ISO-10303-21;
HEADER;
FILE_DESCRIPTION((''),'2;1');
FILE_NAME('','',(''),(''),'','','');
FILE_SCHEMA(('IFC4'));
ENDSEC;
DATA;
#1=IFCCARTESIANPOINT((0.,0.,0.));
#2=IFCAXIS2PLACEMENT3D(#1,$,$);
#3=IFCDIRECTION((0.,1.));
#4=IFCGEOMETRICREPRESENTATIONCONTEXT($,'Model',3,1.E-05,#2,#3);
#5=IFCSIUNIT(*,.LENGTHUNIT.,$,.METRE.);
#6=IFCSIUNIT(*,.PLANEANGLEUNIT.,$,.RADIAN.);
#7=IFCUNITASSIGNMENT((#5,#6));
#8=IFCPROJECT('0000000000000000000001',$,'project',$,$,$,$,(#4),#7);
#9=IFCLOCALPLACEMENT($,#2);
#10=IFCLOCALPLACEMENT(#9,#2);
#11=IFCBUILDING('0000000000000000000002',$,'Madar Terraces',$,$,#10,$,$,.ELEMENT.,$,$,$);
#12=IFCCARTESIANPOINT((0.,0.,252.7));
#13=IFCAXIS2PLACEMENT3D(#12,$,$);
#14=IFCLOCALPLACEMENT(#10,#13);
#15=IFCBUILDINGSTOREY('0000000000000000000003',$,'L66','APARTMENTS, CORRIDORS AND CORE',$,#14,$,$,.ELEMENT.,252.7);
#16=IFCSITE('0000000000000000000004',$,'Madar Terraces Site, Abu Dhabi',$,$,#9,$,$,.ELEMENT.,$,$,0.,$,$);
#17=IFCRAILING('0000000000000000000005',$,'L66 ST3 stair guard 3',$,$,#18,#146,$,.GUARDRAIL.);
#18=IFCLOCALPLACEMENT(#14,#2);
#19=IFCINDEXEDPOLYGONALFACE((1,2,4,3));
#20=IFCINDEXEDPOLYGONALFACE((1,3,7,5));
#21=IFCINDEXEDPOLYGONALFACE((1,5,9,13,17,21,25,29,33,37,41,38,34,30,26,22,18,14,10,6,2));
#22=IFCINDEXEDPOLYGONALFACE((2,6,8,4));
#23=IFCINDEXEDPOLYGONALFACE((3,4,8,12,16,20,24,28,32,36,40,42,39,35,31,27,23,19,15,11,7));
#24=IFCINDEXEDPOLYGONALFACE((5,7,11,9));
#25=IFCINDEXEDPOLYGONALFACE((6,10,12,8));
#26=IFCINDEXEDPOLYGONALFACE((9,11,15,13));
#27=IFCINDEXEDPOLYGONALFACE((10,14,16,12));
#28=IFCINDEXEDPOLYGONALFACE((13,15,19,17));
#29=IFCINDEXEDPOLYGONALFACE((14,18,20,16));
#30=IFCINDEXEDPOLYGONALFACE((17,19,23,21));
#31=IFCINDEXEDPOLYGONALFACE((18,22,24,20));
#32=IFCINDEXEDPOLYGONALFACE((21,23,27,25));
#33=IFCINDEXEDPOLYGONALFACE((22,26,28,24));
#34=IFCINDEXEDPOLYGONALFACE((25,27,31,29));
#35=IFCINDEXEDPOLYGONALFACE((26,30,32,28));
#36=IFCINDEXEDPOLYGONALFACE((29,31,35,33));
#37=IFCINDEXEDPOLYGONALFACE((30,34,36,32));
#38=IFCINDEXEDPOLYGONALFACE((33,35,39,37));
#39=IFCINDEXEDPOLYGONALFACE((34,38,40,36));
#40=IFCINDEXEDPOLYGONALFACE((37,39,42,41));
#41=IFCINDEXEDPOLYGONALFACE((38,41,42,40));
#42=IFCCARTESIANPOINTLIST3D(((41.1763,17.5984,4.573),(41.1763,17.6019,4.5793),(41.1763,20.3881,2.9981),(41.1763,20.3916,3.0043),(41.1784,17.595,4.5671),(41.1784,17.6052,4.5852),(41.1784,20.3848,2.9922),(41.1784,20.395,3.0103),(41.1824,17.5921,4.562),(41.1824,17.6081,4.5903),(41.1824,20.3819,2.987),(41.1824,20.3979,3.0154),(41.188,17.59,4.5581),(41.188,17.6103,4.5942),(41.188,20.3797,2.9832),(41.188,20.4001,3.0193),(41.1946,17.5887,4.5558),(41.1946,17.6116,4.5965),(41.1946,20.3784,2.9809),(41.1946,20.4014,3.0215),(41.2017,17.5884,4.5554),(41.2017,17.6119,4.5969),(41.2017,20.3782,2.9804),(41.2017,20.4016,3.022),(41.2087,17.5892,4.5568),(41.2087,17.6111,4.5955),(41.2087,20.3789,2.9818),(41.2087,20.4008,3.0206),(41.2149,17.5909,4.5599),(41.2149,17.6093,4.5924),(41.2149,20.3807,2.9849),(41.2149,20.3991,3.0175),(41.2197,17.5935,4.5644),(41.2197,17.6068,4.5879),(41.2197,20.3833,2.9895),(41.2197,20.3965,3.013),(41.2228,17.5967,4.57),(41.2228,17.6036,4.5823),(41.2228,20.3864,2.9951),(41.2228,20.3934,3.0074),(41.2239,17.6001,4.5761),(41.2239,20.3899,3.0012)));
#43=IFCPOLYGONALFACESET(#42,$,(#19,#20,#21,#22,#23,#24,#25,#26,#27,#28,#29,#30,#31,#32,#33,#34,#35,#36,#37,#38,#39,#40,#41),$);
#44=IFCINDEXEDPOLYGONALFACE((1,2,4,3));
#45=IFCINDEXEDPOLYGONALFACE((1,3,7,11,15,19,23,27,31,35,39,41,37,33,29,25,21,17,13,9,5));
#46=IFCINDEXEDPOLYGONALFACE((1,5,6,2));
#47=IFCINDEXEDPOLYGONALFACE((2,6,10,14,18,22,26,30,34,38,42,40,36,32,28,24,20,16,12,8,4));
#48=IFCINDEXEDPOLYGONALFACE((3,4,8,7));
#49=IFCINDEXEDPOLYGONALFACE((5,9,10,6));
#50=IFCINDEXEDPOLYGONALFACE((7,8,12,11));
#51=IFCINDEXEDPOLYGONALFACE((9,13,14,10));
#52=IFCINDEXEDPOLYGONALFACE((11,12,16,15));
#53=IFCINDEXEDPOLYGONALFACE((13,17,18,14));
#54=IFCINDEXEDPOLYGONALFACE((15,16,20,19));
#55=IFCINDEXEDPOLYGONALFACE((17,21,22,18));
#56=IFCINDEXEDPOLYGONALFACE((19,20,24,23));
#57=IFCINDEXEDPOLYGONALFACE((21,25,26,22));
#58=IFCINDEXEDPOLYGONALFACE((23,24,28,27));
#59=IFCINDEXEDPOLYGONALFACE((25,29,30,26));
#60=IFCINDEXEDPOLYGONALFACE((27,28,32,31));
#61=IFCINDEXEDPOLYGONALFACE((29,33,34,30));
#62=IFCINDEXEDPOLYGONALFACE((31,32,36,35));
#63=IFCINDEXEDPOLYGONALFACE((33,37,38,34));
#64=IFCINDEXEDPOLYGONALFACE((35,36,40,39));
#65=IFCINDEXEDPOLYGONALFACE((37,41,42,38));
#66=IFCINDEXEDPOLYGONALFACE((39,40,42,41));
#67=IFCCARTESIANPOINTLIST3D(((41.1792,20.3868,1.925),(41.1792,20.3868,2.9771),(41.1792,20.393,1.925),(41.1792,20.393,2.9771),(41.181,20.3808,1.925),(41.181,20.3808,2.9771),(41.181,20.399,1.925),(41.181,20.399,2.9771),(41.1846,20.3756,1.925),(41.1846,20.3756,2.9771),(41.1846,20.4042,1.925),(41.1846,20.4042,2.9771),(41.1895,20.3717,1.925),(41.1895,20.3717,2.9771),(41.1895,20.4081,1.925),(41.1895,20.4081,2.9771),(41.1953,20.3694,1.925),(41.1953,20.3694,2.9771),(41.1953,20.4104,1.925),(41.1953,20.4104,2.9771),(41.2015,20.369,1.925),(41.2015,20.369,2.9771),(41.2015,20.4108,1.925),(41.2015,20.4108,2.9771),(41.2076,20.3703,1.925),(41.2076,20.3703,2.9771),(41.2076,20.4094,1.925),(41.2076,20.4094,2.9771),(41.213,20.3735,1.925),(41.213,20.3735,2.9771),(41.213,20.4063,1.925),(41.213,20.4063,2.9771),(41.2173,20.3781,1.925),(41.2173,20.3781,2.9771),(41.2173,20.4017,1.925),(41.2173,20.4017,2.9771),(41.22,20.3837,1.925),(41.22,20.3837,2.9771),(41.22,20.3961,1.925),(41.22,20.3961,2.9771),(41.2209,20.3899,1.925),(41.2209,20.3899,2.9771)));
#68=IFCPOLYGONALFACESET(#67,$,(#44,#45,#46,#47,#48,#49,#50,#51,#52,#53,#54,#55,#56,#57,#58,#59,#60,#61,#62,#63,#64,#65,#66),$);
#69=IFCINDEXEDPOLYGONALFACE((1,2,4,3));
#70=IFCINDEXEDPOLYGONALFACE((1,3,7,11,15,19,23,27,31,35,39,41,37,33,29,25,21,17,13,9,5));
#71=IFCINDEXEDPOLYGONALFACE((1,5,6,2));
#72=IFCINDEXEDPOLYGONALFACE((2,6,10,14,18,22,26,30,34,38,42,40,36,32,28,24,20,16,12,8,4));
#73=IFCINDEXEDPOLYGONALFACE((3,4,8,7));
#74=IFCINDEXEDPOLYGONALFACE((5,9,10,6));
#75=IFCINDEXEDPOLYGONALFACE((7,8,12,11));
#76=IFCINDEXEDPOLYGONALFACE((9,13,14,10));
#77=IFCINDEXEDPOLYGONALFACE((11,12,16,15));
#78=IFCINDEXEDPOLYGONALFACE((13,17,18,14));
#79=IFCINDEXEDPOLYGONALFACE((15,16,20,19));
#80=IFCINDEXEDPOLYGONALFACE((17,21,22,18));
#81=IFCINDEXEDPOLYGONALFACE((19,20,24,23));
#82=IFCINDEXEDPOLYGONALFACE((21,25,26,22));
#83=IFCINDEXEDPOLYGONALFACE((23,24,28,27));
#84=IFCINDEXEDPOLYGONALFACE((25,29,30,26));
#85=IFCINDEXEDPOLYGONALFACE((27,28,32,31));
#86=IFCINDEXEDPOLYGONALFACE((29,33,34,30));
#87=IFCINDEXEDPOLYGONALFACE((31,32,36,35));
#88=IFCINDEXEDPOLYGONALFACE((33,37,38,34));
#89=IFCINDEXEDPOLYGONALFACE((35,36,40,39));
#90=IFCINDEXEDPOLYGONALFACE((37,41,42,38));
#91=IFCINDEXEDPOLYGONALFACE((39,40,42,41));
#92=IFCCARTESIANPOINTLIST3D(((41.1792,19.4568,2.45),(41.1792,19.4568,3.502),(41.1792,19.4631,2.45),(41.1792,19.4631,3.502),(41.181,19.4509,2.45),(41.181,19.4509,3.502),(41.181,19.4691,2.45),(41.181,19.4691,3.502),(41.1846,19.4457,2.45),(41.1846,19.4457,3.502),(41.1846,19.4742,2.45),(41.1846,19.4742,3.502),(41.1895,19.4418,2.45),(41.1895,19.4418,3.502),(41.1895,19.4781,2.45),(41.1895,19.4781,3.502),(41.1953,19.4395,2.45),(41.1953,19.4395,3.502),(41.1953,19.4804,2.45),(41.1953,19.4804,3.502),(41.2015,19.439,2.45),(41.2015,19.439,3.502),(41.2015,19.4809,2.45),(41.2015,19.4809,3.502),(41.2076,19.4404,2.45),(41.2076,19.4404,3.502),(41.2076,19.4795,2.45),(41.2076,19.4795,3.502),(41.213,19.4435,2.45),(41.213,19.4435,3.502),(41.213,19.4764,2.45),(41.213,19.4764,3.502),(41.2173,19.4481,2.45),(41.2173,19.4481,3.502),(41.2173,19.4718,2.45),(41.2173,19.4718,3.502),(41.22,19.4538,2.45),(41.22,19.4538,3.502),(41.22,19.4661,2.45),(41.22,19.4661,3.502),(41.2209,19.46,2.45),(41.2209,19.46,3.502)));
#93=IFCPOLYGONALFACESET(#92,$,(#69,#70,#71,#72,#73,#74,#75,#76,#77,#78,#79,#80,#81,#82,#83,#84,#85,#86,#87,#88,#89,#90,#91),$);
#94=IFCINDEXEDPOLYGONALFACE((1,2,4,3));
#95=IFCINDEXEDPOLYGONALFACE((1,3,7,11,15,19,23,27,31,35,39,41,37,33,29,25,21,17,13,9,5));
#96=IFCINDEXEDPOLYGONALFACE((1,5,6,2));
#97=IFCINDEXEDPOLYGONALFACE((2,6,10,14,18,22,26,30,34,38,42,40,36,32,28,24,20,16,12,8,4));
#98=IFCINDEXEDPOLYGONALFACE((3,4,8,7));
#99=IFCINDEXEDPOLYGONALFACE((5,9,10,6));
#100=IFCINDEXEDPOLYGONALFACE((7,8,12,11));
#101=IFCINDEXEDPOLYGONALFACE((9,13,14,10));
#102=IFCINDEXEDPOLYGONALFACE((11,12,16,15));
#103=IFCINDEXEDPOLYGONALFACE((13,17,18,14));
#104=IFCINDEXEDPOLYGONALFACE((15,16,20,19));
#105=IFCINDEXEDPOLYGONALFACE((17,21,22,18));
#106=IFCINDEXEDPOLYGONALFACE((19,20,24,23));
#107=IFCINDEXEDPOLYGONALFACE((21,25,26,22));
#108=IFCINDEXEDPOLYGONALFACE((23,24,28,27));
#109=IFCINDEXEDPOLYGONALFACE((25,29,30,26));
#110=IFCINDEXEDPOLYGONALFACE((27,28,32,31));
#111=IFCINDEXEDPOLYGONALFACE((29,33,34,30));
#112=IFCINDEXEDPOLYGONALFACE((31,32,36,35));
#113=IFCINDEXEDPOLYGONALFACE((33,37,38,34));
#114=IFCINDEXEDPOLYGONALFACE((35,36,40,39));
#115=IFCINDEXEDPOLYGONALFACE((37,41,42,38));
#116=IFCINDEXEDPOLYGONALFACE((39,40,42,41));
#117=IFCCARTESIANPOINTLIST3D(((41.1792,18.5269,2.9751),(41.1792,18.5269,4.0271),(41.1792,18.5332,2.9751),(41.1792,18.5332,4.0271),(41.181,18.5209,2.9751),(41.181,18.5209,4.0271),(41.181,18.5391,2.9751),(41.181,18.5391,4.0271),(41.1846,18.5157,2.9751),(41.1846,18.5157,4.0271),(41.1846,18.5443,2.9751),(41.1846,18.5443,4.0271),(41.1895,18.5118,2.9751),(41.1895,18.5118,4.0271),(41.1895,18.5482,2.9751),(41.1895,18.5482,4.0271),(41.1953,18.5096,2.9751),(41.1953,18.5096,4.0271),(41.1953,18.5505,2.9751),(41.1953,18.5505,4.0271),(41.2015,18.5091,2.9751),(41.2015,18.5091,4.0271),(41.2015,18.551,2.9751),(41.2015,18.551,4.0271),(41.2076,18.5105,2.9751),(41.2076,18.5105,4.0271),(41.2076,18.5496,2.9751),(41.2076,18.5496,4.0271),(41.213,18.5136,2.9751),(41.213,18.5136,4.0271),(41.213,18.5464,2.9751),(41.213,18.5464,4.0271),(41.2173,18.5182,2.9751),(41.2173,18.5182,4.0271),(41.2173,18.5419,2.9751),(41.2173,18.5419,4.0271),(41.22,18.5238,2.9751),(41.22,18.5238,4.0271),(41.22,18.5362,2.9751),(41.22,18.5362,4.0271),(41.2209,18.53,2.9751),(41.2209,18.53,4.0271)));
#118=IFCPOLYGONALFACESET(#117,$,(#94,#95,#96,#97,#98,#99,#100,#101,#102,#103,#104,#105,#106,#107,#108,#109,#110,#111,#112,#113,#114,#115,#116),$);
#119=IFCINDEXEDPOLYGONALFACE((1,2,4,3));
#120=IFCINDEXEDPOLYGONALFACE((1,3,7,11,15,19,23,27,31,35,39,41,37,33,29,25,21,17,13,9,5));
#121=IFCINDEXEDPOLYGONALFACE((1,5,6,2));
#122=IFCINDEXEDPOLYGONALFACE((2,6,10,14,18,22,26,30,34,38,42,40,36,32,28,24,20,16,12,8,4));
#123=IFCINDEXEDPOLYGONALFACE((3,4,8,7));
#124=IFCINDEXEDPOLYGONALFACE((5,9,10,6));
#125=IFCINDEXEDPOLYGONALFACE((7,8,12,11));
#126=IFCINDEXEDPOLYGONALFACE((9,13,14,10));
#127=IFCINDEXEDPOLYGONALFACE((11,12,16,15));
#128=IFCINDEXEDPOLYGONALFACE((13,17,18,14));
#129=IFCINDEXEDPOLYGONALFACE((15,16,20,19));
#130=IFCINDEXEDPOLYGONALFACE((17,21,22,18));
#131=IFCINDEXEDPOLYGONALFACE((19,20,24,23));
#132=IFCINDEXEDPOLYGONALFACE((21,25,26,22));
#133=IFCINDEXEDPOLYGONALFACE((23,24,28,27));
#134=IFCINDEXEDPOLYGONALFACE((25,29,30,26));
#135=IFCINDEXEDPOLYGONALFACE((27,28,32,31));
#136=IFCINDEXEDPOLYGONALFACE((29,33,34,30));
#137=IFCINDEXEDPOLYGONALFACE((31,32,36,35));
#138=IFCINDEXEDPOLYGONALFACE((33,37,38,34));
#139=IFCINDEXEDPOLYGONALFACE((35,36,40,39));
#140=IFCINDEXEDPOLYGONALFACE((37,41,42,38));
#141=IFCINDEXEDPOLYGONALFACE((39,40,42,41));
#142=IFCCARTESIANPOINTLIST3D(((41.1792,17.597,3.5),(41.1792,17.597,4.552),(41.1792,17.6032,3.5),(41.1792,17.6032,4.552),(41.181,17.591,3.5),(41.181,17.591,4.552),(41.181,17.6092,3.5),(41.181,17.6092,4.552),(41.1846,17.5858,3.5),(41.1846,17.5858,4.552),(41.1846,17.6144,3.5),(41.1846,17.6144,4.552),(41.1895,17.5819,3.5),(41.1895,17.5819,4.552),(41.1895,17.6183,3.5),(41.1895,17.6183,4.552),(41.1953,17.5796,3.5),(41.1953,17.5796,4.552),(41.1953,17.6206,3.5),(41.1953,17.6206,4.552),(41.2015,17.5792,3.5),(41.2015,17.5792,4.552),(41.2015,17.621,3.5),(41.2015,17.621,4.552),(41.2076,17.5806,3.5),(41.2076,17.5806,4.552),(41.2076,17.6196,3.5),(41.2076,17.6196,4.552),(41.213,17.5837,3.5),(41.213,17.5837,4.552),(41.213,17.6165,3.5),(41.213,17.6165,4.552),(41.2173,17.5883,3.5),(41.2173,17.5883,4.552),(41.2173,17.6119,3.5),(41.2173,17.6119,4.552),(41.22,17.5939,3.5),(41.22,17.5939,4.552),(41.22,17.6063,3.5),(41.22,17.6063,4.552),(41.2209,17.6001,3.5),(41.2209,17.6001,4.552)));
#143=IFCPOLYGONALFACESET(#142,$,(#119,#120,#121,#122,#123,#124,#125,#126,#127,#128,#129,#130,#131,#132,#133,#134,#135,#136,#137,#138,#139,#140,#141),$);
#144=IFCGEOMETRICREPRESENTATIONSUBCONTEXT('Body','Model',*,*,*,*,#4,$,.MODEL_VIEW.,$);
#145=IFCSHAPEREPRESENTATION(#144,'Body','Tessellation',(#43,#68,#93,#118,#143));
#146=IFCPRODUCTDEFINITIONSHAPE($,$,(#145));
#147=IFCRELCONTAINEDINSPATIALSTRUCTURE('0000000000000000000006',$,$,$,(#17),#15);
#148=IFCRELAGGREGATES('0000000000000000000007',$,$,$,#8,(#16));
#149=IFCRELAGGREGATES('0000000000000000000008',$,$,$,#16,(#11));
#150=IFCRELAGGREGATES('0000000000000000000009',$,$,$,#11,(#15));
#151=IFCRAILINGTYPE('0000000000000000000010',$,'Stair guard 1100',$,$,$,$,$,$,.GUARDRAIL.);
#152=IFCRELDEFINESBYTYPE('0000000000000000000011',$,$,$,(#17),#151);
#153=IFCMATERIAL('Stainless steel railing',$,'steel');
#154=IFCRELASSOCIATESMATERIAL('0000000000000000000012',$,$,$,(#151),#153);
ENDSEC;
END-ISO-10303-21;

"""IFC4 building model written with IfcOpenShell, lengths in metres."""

from ifc_helpers import new_model, si_unit, direction, frame, origin, origin_2d, place, context, subcontext, project, spatial, circle, extrude, material, type_object, element, save


model = new_model("IFC4")

# Units and contexts
model_context = context("Model", 3, precision=1e-05, world=origin(), true_north=direction((0.0, 1.0)))
body_context = subcontext(model_context, "Body", "Model", "MODEL_VIEW")
ifc_project = project(units=[si_unit("LENGTHUNIT", "METRE"), si_unit("PLANEANGLEUNIT", "RADIAN")], contexts=[model_context])

# Site, building, storey
site_placement = place(None, origin())
site = spatial("IfcSite", under=ifc_project, at=site_placement, Name="Madar Terraces Site, Abu Dhabi", CompositionType="ELEMENT", RefElevation=0.0)
building_placement = place(site_placement, origin())
building = spatial("IfcBuilding", under=site, at=building_placement, Name="Madar Terraces", CompositionType="ELEMENT")
storey_placement = place(building_placement, frame((0.0, 0.0, 252.7)))
storey = spatial("IfcBuildingStorey", under=building, at=storey_placement, Name="L66", Description="APARTMENTS, CORRIDORS AND CORE", CompositionType="ELEMENT", Elevation=252.7)

# Railing
ifc_material_1 = material(Name="Stainless steel railing", Category="steel")
railing_type_1 = type_object("IfcRailingType", Name="Stair guard 1100", PredefinedType="GUARDRAIL", material=ifc_material_1)
railing_1_placement = place(storey_placement, frame((41.2, 20.3899, 1.925)))
element("IfcRailing", 1, at=railing_1_placement, inside=storey, type_object=railing_type_1, Name="L66 ST3 stair guard 3", PredefinedType="GUARDRAIL", context=body_context, shape_type="SweptSolid", body=[
    extrude(circle(Radius=0.0239, at=origin_2d()), frame((0.0, 0.0, 1.0762), z_axis=(0.0, -0.870815, 0.49161), x_axis=(1.0, 0.0, 0.0)), (0.0, 0.0, 1.0), 3.2036),
    extrude(circle(Radius=0.021, at=origin_2d()), origin(), (0.0, 0.0, 1.0), 1.052),
    extrude(circle(Radius=0.021, at=origin_2d()), frame((0.0, -0.9299, 0.5249)), (0.0, 0.0, 1.0), 1.052),
    extrude(circle(Radius=0.021, at=origin_2d()), frame((0.0, -1.8599, 1.05)), (0.0, 0.0, 1.0), 1.052),
    extrude(circle(Radius=0.021, at=origin_2d()), frame((0.0, -2.7898, 1.575)), (0.0, 0.0, 1.0), 1.052),
])

save(model, "model.ifc")
